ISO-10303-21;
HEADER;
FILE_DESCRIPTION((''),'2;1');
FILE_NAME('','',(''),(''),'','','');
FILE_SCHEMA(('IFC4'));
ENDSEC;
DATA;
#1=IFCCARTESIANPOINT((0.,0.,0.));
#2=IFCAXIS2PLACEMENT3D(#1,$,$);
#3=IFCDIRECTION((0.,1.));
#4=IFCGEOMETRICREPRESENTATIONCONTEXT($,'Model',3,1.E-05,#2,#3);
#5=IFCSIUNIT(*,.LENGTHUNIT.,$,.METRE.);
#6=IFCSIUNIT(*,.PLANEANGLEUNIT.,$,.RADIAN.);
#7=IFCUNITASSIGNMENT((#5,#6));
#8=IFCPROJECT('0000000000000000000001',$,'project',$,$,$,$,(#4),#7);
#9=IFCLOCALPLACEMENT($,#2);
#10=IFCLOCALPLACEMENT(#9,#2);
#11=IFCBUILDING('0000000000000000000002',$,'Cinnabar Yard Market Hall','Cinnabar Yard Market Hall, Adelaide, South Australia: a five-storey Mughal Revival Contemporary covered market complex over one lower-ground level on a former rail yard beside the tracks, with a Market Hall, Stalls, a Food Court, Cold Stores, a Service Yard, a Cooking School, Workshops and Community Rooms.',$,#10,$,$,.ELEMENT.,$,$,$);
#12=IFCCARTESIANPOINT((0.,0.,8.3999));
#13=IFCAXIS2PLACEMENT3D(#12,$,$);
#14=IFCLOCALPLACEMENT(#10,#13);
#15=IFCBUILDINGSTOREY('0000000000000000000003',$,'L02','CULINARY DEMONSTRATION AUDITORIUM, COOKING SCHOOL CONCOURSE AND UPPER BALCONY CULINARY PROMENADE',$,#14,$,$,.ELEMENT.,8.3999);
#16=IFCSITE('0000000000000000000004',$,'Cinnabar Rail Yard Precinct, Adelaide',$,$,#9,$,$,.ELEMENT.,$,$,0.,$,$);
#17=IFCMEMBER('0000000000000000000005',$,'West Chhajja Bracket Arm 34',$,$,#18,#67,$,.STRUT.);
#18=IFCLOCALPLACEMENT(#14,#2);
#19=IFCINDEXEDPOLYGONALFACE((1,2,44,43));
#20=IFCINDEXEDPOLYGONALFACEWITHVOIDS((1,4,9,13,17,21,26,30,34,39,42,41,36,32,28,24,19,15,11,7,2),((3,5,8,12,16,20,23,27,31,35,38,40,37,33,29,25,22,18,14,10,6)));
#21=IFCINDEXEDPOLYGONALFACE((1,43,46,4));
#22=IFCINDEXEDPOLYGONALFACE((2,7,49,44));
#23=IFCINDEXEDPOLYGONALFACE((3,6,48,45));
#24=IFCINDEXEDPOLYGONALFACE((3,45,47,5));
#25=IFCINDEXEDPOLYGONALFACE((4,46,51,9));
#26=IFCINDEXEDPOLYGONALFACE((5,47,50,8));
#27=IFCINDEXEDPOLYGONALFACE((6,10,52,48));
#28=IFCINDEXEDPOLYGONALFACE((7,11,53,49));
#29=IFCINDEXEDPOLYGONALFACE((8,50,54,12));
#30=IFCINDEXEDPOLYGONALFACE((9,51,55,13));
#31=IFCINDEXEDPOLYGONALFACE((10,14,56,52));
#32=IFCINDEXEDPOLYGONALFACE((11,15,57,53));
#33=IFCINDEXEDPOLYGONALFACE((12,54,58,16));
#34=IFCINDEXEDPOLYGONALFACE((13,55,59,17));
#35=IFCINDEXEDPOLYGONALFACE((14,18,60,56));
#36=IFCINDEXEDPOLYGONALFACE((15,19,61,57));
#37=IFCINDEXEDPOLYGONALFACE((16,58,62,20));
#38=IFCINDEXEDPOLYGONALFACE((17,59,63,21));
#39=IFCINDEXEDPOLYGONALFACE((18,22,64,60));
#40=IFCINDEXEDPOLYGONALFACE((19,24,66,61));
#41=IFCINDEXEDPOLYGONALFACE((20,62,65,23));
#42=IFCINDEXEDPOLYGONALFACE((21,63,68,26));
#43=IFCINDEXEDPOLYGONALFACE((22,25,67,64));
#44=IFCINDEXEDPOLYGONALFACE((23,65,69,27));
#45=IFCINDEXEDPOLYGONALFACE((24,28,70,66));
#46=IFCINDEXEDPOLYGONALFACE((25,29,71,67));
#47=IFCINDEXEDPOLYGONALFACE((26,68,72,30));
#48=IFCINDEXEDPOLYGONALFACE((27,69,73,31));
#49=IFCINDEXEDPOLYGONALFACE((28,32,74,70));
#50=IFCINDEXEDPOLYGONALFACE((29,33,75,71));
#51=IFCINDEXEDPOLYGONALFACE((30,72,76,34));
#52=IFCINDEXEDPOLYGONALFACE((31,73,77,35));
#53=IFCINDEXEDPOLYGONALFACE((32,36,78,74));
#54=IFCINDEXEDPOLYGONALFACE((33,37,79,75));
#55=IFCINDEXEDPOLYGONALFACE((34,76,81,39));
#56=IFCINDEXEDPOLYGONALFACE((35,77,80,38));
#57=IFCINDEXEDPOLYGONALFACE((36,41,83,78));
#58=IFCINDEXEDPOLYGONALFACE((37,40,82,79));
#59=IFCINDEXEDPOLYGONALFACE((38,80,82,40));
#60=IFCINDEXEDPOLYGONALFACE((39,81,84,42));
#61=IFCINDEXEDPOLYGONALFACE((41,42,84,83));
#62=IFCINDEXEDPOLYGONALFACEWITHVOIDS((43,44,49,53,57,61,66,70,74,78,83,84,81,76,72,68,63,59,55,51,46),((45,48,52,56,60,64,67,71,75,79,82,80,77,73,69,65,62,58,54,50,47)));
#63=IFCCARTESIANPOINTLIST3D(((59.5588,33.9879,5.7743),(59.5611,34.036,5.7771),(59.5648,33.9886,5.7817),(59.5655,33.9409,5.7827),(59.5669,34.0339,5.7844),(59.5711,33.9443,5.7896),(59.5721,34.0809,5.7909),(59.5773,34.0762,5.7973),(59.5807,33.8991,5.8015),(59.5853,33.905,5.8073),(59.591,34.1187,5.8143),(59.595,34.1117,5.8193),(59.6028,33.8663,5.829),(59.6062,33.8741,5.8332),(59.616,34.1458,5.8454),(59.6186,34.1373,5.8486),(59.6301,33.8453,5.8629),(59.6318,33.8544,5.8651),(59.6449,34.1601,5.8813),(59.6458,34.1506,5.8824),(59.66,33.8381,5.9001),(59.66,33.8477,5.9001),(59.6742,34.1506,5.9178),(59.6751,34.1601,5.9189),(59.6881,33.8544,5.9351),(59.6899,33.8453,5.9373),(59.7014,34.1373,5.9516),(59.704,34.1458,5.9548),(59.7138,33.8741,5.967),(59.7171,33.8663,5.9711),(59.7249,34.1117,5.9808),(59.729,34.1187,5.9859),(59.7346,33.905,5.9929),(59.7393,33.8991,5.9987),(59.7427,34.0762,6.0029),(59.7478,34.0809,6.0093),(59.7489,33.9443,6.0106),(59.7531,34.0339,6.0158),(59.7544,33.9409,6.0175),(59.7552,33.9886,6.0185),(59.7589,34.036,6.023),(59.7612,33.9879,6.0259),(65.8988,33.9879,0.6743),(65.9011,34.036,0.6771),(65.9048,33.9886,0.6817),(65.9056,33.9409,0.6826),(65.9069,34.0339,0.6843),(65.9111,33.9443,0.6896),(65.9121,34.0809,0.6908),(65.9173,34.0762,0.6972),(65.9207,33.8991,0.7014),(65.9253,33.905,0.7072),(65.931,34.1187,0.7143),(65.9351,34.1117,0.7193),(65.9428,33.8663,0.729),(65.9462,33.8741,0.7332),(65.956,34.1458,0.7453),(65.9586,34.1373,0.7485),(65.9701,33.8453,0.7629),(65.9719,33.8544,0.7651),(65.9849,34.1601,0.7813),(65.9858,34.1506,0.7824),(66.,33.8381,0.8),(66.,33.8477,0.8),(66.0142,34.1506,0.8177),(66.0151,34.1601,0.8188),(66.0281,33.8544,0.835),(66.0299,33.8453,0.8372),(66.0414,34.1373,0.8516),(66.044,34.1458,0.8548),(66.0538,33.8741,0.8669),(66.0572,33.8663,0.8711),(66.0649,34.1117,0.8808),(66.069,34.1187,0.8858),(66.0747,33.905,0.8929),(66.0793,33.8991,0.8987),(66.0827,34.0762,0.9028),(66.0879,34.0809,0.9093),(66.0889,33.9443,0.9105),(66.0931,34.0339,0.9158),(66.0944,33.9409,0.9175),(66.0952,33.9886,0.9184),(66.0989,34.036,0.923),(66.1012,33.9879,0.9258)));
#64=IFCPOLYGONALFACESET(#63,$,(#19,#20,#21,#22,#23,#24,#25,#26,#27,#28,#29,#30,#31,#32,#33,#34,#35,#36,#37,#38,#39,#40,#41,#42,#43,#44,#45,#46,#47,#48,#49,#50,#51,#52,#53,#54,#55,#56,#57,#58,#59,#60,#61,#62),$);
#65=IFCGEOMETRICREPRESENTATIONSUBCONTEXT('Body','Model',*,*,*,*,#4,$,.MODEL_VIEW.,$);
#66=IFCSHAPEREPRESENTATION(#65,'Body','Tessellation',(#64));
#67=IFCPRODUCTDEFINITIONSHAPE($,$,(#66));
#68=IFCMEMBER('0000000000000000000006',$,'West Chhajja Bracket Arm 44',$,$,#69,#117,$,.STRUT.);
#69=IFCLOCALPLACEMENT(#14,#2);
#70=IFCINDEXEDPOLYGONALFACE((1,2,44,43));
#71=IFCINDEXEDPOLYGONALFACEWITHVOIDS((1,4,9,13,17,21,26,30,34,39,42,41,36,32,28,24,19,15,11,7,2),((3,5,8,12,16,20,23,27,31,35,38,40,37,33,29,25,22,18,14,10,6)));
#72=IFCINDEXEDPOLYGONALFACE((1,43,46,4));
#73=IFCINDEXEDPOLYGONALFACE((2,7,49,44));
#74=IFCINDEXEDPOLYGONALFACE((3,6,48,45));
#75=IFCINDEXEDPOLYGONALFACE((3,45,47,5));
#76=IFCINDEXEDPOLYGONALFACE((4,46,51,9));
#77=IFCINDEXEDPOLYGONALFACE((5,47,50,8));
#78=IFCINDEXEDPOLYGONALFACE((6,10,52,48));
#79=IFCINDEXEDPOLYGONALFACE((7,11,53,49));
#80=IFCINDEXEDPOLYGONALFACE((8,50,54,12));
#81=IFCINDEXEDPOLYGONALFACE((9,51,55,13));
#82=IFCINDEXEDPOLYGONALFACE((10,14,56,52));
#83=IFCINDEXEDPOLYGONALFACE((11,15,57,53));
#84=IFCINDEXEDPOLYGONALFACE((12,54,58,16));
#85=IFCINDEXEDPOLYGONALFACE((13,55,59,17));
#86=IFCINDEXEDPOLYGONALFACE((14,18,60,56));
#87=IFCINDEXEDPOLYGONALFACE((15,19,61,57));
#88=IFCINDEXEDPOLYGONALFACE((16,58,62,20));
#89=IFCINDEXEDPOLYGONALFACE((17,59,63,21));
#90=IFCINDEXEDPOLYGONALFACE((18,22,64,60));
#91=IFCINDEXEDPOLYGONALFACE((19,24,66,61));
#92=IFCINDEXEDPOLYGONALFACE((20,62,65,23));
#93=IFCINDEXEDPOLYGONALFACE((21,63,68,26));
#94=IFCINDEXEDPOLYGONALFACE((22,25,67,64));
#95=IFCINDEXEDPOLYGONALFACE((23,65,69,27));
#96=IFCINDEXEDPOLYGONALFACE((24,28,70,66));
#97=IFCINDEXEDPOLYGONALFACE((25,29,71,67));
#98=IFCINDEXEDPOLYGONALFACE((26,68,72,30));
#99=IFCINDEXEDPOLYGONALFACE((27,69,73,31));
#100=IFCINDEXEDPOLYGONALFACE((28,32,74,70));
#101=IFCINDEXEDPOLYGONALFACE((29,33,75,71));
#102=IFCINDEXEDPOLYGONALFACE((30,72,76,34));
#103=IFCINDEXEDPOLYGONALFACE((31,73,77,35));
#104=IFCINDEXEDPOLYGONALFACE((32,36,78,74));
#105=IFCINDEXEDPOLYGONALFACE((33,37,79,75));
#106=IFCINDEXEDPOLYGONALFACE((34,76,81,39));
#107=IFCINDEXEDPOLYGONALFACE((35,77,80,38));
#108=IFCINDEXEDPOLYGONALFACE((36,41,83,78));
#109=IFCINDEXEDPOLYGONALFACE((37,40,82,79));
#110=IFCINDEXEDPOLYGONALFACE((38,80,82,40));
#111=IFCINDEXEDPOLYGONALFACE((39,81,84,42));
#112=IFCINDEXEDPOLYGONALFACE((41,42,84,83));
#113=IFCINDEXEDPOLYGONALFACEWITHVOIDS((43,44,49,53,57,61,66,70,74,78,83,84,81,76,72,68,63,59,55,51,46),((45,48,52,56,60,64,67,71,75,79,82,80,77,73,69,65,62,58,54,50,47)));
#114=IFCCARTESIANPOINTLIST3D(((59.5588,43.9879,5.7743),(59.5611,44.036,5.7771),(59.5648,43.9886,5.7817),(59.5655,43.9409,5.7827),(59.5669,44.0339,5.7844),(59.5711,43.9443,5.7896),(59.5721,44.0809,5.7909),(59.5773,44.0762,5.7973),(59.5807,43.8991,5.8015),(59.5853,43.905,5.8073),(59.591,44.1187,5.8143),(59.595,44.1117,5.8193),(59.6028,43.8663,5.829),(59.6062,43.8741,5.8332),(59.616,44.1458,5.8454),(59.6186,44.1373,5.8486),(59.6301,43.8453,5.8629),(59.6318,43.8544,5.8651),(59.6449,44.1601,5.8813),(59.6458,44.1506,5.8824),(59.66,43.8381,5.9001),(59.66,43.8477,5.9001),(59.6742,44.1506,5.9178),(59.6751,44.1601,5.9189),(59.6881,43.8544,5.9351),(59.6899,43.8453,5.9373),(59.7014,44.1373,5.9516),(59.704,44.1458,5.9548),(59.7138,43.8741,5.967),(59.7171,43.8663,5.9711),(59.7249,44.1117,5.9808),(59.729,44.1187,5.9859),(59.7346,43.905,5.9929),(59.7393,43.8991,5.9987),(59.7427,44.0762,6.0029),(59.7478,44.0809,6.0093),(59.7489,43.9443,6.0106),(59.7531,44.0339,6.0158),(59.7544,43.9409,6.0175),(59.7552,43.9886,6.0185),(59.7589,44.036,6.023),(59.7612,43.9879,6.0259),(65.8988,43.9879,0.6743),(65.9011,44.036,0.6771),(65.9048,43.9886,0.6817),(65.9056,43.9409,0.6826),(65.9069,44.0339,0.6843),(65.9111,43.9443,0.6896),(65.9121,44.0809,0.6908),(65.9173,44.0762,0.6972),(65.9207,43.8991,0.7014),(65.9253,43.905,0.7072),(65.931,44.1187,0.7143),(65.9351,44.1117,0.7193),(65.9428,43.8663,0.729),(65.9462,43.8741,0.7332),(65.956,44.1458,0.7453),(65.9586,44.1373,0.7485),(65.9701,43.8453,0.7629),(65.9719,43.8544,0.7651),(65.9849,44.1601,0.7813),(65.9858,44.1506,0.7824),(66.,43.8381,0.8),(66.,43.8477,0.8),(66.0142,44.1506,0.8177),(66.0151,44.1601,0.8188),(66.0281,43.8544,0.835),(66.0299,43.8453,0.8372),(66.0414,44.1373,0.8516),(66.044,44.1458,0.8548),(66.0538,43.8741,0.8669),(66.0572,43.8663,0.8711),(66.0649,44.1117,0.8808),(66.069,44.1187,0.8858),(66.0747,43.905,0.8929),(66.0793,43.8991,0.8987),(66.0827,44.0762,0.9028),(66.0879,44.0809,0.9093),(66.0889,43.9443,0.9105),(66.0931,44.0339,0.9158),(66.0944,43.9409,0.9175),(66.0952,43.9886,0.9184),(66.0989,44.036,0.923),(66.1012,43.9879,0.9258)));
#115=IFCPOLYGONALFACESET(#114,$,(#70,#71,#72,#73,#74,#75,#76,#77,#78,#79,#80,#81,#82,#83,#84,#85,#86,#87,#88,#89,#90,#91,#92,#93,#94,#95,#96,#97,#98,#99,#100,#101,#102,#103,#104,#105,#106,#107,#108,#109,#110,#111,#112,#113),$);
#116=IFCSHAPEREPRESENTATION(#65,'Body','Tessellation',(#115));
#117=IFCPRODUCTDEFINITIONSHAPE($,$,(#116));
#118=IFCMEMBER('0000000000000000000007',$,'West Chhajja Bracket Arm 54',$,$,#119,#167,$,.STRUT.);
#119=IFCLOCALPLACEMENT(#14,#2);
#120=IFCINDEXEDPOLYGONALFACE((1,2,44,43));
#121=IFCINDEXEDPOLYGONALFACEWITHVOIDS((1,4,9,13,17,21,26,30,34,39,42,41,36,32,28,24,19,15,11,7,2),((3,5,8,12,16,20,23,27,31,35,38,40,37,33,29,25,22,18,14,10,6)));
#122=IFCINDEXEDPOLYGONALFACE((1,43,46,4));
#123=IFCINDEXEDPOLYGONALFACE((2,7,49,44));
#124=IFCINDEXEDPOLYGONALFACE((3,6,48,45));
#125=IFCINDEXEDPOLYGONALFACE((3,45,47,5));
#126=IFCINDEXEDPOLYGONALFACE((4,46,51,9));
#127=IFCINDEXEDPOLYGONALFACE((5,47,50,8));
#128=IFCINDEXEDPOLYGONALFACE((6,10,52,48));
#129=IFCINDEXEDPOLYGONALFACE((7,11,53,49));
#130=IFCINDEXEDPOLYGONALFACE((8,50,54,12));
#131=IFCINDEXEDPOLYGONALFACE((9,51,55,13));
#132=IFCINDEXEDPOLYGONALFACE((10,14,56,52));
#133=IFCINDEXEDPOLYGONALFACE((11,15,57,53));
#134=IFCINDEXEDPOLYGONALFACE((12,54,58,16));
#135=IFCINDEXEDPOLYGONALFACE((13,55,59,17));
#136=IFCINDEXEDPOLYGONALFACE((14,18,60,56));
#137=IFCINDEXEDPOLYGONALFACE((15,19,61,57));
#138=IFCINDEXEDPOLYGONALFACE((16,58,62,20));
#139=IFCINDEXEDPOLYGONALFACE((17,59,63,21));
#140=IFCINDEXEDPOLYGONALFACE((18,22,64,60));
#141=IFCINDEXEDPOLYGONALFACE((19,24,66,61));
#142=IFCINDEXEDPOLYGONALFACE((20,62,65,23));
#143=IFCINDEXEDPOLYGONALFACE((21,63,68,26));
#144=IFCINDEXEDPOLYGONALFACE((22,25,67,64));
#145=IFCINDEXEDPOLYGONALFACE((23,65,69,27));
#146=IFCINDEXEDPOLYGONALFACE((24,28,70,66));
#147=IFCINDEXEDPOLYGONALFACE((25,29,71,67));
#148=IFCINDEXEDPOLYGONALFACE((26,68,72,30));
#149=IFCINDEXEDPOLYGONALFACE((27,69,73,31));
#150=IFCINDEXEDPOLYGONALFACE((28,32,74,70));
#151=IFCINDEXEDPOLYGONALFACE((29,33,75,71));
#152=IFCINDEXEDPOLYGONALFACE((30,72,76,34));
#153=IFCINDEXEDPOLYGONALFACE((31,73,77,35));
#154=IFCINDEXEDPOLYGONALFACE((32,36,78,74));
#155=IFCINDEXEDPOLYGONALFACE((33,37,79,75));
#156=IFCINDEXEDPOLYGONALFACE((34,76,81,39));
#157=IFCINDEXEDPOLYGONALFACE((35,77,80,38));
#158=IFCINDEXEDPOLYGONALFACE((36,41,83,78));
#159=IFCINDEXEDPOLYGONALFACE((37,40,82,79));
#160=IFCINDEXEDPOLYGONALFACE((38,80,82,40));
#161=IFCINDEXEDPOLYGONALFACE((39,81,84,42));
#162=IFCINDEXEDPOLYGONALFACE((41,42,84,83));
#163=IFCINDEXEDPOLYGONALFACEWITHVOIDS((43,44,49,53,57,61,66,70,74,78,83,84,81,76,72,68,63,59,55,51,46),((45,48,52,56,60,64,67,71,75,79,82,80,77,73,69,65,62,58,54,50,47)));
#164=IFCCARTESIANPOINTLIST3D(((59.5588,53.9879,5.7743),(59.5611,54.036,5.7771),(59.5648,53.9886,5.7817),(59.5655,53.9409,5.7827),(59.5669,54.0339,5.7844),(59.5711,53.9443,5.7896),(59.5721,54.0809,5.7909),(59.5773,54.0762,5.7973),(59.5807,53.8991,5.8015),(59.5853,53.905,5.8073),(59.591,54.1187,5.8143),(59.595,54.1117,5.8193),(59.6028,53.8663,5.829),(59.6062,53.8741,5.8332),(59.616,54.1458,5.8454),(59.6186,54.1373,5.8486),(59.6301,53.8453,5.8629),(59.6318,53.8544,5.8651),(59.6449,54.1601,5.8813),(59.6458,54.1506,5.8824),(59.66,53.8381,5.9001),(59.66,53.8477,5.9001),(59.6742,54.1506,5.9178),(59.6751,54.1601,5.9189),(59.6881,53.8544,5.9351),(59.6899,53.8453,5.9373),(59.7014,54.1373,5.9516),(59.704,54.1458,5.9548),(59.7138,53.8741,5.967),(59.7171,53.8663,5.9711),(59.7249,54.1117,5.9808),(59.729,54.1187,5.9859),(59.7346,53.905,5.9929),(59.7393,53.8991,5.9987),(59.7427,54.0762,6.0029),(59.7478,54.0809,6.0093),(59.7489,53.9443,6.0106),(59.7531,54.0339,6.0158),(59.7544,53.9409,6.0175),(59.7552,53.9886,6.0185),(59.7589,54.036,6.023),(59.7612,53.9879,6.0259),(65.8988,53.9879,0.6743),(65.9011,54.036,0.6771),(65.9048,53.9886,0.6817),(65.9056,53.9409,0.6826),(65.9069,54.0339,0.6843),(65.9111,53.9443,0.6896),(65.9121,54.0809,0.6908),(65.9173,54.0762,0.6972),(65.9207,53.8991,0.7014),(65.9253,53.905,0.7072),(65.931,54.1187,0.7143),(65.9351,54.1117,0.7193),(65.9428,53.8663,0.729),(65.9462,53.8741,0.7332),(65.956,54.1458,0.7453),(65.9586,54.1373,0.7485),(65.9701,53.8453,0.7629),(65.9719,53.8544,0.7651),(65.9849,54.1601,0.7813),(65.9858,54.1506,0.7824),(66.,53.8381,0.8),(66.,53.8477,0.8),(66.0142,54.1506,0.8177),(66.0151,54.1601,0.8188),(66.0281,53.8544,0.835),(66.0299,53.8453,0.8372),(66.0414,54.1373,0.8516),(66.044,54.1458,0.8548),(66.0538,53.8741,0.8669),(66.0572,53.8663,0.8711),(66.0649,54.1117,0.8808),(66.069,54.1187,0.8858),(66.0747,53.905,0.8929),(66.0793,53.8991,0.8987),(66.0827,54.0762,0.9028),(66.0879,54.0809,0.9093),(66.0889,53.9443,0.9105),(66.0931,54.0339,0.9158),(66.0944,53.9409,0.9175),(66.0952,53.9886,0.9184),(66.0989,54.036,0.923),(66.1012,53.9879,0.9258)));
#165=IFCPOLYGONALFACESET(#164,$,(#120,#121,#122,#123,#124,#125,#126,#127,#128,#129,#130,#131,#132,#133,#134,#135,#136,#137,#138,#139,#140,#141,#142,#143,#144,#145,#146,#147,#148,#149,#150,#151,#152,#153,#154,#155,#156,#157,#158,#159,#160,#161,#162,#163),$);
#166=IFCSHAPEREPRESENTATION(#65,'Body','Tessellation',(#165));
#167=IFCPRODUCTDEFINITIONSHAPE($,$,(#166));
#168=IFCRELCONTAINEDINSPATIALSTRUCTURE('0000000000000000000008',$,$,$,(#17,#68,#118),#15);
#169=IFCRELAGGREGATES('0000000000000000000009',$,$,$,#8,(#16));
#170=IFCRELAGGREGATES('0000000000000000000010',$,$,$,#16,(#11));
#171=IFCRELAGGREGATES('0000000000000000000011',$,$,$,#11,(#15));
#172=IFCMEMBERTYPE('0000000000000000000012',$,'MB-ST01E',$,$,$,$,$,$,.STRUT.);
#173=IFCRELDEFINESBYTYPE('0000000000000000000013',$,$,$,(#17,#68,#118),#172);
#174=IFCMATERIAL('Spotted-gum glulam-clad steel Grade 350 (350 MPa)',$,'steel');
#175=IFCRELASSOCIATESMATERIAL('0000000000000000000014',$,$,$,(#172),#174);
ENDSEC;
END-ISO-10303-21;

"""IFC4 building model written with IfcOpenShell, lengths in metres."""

from ifc_helpers import new_model, si_unit, direction, frame, origin, origin_2d_with_axis, place, context, subcontext, project, spatial, hollow_circle, extrude, material, material_profile, profile_set, type_object, element, save


model = new_model("IFC4")

# Units and contexts
model_context = context("Model", 3, precision=1e-05, world=origin(), true_north=direction((0.0, 1.0)))
body_context = subcontext(model_context, "Body", "Model", "MODEL_VIEW")
ifc_project = project(units=[si_unit("LENGTHUNIT", "METRE"), si_unit("PLANEANGLEUNIT", "RADIAN")], contexts=[model_context])

# Site, building, storey
site_placement = place(None, origin())
site = spatial("IfcSite", under=ifc_project, at=site_placement, Name="Cinnabar Rail Yard Precinct, Adelaide", CompositionType="ELEMENT", RefElevation=0.0)
building_placement = place(site_placement, origin())
building = spatial("IfcBuilding", under=site, at=building_placement, Name="Cinnabar Yard Market Hall", Description="Cinnabar Yard Market Hall, Adelaide, South Australia: a five-storey Mughal Revival Contemporary covered market complex over one lower-ground level on a former rail yard beside the tracks, with a Market Hall, Stalls, a Food Court, Cold Stores, a Service Yard, a Cooking School, Workshops and Community Rooms.", CompositionType="ELEMENT")
storey_placement = place(building_placement, frame((0.0, 0.0, 8.3999)))
storey = spatial("IfcBuildingStorey", under=building, at=storey_placement, Name="L02", Description="CULINARY DEMONSTRATION AUDITORIUM, COOKING SCHOOL CONCOURSE AND UPPER BALCONY CULINARY PROMENADE", CompositionType="ELEMENT", Elevation=8.3999)

# Shared definitions
ifc_material_1 = material(Name="Spotted-gum glulam-clad steel Grade 350 (350 MPa)", Category="steel")

# Members
ifc_material_profile_1 = material_profile(ifc_material_1, hollow_circle(Radius=0.1619, WallThickness=0.0095, at=origin_2d_with_axis()), Name="323.9x9.5CHS")
ifc_profile_set_1 = profile_set([ifc_material_profile_1], Name="Spotted-gum glulam-clad steel Grade 350 (350 MPa)")
member_type_1 = type_object("IfcMemberType", Name="MB-ST01E", PredefinedType="STRUT", material=ifc_profile_set_1)
for number, where, z_axis, x_axis, name in (
    (1, (66.0, 34.0, 0.8), (-0.779186, 0.0, 0.626793), (0.0, -1.0, 0.0), "West Chhajja Bracket Arm 34"),
    (2, (66.0, 44.0, 0.8), (-0.779186, 0.0, 0.626793), (0.0, -1.0, 0.0), "West Chhajja Bracket Arm 44"),
    (3, (66.0, 54.0, 0.8), (-0.779186, 0.0, 0.626793), (0.0, -1.0, 0.0), "West Chhajja Bracket Arm 54"),
):
    element("IfcMember", number, at=place(storey_placement, frame(where, z_axis=z_axis, x_axis=x_axis)), inside=storey, type_object=member_type_1, Name=name, PredefinedType="STRUT", context=body_context, shape_type="SweptSolid", body=[
        extrude(hollow_circle(Radius=0.1619, WallThickness=0.0095, at=origin_2d_with_axis()), origin(), (0.0, 0.0, 1.0), 8.1367),
    ])

save(model, "model.ifc")
